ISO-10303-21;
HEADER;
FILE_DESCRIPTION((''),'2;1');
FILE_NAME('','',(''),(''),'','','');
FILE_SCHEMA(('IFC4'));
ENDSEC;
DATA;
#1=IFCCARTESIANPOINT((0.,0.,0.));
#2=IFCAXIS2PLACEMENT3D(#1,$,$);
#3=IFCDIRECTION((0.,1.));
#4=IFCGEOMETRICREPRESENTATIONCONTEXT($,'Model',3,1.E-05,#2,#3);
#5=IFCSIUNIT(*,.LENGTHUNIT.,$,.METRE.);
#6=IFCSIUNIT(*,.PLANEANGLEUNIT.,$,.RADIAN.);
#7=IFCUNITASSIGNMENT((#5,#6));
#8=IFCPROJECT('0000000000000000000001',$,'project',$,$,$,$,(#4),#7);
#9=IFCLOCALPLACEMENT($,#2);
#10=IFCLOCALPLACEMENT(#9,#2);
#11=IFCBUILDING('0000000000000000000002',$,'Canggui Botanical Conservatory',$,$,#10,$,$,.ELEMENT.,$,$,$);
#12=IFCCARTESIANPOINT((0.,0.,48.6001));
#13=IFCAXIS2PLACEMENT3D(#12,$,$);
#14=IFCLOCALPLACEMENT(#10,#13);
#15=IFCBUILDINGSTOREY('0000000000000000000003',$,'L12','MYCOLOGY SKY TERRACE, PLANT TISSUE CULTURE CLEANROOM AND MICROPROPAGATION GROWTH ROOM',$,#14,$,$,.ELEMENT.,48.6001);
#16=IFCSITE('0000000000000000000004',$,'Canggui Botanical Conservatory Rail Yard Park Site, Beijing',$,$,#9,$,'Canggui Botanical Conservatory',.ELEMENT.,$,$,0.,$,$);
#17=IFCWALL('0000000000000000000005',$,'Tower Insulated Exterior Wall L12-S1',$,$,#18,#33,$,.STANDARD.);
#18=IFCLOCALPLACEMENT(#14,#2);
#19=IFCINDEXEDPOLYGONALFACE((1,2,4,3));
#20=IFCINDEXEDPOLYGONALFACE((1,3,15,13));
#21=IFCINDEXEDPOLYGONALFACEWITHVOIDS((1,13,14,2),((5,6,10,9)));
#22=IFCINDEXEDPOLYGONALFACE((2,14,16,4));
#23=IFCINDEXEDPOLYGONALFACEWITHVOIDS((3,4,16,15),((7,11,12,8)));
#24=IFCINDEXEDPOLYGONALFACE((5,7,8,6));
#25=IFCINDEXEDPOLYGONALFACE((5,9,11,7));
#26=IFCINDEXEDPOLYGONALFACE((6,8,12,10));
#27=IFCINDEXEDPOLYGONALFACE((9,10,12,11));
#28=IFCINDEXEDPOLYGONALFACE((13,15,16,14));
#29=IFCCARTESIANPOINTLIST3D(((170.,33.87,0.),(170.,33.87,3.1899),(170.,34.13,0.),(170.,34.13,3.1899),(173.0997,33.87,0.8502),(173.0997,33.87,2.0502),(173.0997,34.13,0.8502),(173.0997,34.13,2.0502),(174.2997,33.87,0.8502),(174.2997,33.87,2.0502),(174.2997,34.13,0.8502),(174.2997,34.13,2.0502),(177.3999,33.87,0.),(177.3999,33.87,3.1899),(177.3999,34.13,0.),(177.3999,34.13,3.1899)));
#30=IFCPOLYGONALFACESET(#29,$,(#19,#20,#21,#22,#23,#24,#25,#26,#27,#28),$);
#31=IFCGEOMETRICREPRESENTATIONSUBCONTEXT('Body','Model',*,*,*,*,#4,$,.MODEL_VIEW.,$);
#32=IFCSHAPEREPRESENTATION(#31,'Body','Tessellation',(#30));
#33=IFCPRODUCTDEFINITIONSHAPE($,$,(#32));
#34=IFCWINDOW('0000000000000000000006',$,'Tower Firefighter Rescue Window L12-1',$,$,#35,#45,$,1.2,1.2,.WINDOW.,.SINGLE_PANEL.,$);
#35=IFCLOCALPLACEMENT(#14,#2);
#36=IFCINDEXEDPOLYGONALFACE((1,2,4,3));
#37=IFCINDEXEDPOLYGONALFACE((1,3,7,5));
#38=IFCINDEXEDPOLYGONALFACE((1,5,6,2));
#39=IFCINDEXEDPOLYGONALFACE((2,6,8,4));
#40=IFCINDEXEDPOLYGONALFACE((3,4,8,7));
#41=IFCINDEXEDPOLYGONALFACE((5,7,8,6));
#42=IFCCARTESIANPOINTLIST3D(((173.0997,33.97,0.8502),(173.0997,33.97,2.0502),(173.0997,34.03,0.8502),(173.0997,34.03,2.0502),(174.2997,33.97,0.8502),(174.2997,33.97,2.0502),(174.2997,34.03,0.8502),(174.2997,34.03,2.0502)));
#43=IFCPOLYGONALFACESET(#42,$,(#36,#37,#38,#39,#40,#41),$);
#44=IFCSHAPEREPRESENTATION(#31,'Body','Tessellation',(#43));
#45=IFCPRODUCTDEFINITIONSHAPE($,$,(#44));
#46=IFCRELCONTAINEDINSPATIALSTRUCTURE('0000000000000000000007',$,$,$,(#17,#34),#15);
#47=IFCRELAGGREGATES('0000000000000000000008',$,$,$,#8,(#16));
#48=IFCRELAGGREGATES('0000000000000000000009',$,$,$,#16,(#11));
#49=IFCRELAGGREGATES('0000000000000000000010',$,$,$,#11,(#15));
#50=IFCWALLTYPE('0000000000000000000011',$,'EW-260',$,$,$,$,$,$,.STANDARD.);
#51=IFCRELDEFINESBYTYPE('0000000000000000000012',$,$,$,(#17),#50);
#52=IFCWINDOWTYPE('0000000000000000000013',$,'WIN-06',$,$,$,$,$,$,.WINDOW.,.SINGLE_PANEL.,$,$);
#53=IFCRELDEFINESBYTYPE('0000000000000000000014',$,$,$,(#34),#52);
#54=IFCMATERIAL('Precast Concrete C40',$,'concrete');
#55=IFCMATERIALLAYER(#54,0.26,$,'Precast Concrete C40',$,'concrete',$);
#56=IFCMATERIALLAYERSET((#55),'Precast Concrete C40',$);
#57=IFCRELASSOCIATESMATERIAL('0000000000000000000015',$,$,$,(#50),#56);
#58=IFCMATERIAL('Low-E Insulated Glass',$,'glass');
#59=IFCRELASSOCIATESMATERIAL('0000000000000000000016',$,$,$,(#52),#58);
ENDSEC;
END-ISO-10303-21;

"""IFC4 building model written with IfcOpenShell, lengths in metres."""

from ifc_helpers import new_model, si_unit, direction, frame, frame_2d, origin, place, context, subcontext, project, spatial, rectangle, extrude, material, layer, layer_set, type_object, element, fill, save


model = new_model("IFC4")

# Units and contexts
model_context = context("Model", 3, precision=1e-05, world=origin(), true_north=direction((0.0, 1.0)))
body_context = subcontext(model_context, "Body", "Model", "MODEL_VIEW")
ifc_project = project(units=[si_unit("LENGTHUNIT", "METRE"), si_unit("PLANEANGLEUNIT", "RADIAN")], contexts=[model_context])

# Site, building, storey
site_placement = place(None, origin())
site = spatial("IfcSite", under=ifc_project, at=site_placement, Name="Canggui Botanical Conservatory Rail Yard Park Site, Beijing", LongName="Canggui Botanical Conservatory", CompositionType="ELEMENT", RefElevation=0.0)
building_placement = place(site_placement, origin())
building = spatial("IfcBuilding", under=site, at=building_placement, Name="Canggui Botanical Conservatory", CompositionType="ELEMENT")
storey_placement = place(building_placement, frame((0.0, 0.0, 48.6001)))
storey = spatial("IfcBuildingStorey", under=building, at=storey_placement, Name="L12", Description="MYCOLOGY SKY TERRACE, PLANT TISSUE CULTURE CLEANROOM AND MICROPROPAGATION GROWTH ROOM", CompositionType="ELEMENT", Elevation=48.6001)

# Shared definitions
ifc_material_1 = material(Name="Low-E Insulated Glass", Category="glass")

# Wall, opening, window
ifc_material_2 = material(Name="Precast Concrete C40", Category="concrete")
ifc_layer_1 = layer(ifc_material_2, 0.26, Name="Precast Concrete C40", Category="concrete")
ifc_layer_set_1 = layer_set([ifc_layer_1], Name="Precast Concrete C40")
wall_type = type_object("IfcWallType", Name="EW-260", PredefinedType="STANDARD", material=ifc_layer_set_1)
wall_placement = place(storey_placement, frame((177.3999, 34.0, 0.0), z_axis=(0.0, 0.0, 1.0), x_axis=(-1.0, 0.0, 0.0)))
wall = element("IfcWall", 1, at=wall_placement, inside=storey, type_object=wall_type, Name="Tower Insulated Exterior Wall L12-S1", PredefinedType="STANDARD", context=body_context, shape_type="SweptSolid", body=[
    extrude(rectangle(XDim=7.3999, YDim=0.26, at=frame_2d((3.7, 0.0))), origin(), (0.0, 0.0, 1.0), 3.1899),
])
opening_placement = place(wall_placement, frame((3.1001, 0.0, 0.8501)))
opening = element("IfcOpeningElement", 2, at=opening_placement, cuts=wall, PredefinedType="OPENING", context=body_context, shape_type="SweptSolid", body=[
    extrude(rectangle(XDim=1.2, YDim=1.2, at=frame_2d((0.6001, 0.6001))), frame((0.0, 0.1401, 0.0), z_axis=(0.0, -1.0, 0.0), x_axis=(1.0, 0.0, 0.0)), (0.0, 0.0, 1.0), 0.28),
])
window_type = type_object("IfcWindowType", Name="WIN-06", PartitioningType="SINGLE_PANEL", PredefinedType="WINDOW", material=ifc_material_1)
window_placement = place(opening_placement, origin())
window = element("IfcWindow", 3, at=window_placement, inside=storey, type_object=window_type, Name="Tower Firefighter Rescue Window L12-1", OverallHeight=1.2, OverallWidth=1.2, PartitioningType="SINGLE_PANEL", PredefinedType="WINDOW", context=body_context, shape_type="SweptSolid", body=[
    extrude(rectangle(XDim=1.2, YDim=1.2, at=frame_2d((0.6001, 0.6001))), frame((0.0, 0.03, 0.0), z_axis=(0.0, -1.0, 0.0), x_axis=(1.0, 0.0, 0.0)), (0.0, 0.0, 1.0), 0.0601),
])
fill(opening, window)

save(model, "model.ifc")
